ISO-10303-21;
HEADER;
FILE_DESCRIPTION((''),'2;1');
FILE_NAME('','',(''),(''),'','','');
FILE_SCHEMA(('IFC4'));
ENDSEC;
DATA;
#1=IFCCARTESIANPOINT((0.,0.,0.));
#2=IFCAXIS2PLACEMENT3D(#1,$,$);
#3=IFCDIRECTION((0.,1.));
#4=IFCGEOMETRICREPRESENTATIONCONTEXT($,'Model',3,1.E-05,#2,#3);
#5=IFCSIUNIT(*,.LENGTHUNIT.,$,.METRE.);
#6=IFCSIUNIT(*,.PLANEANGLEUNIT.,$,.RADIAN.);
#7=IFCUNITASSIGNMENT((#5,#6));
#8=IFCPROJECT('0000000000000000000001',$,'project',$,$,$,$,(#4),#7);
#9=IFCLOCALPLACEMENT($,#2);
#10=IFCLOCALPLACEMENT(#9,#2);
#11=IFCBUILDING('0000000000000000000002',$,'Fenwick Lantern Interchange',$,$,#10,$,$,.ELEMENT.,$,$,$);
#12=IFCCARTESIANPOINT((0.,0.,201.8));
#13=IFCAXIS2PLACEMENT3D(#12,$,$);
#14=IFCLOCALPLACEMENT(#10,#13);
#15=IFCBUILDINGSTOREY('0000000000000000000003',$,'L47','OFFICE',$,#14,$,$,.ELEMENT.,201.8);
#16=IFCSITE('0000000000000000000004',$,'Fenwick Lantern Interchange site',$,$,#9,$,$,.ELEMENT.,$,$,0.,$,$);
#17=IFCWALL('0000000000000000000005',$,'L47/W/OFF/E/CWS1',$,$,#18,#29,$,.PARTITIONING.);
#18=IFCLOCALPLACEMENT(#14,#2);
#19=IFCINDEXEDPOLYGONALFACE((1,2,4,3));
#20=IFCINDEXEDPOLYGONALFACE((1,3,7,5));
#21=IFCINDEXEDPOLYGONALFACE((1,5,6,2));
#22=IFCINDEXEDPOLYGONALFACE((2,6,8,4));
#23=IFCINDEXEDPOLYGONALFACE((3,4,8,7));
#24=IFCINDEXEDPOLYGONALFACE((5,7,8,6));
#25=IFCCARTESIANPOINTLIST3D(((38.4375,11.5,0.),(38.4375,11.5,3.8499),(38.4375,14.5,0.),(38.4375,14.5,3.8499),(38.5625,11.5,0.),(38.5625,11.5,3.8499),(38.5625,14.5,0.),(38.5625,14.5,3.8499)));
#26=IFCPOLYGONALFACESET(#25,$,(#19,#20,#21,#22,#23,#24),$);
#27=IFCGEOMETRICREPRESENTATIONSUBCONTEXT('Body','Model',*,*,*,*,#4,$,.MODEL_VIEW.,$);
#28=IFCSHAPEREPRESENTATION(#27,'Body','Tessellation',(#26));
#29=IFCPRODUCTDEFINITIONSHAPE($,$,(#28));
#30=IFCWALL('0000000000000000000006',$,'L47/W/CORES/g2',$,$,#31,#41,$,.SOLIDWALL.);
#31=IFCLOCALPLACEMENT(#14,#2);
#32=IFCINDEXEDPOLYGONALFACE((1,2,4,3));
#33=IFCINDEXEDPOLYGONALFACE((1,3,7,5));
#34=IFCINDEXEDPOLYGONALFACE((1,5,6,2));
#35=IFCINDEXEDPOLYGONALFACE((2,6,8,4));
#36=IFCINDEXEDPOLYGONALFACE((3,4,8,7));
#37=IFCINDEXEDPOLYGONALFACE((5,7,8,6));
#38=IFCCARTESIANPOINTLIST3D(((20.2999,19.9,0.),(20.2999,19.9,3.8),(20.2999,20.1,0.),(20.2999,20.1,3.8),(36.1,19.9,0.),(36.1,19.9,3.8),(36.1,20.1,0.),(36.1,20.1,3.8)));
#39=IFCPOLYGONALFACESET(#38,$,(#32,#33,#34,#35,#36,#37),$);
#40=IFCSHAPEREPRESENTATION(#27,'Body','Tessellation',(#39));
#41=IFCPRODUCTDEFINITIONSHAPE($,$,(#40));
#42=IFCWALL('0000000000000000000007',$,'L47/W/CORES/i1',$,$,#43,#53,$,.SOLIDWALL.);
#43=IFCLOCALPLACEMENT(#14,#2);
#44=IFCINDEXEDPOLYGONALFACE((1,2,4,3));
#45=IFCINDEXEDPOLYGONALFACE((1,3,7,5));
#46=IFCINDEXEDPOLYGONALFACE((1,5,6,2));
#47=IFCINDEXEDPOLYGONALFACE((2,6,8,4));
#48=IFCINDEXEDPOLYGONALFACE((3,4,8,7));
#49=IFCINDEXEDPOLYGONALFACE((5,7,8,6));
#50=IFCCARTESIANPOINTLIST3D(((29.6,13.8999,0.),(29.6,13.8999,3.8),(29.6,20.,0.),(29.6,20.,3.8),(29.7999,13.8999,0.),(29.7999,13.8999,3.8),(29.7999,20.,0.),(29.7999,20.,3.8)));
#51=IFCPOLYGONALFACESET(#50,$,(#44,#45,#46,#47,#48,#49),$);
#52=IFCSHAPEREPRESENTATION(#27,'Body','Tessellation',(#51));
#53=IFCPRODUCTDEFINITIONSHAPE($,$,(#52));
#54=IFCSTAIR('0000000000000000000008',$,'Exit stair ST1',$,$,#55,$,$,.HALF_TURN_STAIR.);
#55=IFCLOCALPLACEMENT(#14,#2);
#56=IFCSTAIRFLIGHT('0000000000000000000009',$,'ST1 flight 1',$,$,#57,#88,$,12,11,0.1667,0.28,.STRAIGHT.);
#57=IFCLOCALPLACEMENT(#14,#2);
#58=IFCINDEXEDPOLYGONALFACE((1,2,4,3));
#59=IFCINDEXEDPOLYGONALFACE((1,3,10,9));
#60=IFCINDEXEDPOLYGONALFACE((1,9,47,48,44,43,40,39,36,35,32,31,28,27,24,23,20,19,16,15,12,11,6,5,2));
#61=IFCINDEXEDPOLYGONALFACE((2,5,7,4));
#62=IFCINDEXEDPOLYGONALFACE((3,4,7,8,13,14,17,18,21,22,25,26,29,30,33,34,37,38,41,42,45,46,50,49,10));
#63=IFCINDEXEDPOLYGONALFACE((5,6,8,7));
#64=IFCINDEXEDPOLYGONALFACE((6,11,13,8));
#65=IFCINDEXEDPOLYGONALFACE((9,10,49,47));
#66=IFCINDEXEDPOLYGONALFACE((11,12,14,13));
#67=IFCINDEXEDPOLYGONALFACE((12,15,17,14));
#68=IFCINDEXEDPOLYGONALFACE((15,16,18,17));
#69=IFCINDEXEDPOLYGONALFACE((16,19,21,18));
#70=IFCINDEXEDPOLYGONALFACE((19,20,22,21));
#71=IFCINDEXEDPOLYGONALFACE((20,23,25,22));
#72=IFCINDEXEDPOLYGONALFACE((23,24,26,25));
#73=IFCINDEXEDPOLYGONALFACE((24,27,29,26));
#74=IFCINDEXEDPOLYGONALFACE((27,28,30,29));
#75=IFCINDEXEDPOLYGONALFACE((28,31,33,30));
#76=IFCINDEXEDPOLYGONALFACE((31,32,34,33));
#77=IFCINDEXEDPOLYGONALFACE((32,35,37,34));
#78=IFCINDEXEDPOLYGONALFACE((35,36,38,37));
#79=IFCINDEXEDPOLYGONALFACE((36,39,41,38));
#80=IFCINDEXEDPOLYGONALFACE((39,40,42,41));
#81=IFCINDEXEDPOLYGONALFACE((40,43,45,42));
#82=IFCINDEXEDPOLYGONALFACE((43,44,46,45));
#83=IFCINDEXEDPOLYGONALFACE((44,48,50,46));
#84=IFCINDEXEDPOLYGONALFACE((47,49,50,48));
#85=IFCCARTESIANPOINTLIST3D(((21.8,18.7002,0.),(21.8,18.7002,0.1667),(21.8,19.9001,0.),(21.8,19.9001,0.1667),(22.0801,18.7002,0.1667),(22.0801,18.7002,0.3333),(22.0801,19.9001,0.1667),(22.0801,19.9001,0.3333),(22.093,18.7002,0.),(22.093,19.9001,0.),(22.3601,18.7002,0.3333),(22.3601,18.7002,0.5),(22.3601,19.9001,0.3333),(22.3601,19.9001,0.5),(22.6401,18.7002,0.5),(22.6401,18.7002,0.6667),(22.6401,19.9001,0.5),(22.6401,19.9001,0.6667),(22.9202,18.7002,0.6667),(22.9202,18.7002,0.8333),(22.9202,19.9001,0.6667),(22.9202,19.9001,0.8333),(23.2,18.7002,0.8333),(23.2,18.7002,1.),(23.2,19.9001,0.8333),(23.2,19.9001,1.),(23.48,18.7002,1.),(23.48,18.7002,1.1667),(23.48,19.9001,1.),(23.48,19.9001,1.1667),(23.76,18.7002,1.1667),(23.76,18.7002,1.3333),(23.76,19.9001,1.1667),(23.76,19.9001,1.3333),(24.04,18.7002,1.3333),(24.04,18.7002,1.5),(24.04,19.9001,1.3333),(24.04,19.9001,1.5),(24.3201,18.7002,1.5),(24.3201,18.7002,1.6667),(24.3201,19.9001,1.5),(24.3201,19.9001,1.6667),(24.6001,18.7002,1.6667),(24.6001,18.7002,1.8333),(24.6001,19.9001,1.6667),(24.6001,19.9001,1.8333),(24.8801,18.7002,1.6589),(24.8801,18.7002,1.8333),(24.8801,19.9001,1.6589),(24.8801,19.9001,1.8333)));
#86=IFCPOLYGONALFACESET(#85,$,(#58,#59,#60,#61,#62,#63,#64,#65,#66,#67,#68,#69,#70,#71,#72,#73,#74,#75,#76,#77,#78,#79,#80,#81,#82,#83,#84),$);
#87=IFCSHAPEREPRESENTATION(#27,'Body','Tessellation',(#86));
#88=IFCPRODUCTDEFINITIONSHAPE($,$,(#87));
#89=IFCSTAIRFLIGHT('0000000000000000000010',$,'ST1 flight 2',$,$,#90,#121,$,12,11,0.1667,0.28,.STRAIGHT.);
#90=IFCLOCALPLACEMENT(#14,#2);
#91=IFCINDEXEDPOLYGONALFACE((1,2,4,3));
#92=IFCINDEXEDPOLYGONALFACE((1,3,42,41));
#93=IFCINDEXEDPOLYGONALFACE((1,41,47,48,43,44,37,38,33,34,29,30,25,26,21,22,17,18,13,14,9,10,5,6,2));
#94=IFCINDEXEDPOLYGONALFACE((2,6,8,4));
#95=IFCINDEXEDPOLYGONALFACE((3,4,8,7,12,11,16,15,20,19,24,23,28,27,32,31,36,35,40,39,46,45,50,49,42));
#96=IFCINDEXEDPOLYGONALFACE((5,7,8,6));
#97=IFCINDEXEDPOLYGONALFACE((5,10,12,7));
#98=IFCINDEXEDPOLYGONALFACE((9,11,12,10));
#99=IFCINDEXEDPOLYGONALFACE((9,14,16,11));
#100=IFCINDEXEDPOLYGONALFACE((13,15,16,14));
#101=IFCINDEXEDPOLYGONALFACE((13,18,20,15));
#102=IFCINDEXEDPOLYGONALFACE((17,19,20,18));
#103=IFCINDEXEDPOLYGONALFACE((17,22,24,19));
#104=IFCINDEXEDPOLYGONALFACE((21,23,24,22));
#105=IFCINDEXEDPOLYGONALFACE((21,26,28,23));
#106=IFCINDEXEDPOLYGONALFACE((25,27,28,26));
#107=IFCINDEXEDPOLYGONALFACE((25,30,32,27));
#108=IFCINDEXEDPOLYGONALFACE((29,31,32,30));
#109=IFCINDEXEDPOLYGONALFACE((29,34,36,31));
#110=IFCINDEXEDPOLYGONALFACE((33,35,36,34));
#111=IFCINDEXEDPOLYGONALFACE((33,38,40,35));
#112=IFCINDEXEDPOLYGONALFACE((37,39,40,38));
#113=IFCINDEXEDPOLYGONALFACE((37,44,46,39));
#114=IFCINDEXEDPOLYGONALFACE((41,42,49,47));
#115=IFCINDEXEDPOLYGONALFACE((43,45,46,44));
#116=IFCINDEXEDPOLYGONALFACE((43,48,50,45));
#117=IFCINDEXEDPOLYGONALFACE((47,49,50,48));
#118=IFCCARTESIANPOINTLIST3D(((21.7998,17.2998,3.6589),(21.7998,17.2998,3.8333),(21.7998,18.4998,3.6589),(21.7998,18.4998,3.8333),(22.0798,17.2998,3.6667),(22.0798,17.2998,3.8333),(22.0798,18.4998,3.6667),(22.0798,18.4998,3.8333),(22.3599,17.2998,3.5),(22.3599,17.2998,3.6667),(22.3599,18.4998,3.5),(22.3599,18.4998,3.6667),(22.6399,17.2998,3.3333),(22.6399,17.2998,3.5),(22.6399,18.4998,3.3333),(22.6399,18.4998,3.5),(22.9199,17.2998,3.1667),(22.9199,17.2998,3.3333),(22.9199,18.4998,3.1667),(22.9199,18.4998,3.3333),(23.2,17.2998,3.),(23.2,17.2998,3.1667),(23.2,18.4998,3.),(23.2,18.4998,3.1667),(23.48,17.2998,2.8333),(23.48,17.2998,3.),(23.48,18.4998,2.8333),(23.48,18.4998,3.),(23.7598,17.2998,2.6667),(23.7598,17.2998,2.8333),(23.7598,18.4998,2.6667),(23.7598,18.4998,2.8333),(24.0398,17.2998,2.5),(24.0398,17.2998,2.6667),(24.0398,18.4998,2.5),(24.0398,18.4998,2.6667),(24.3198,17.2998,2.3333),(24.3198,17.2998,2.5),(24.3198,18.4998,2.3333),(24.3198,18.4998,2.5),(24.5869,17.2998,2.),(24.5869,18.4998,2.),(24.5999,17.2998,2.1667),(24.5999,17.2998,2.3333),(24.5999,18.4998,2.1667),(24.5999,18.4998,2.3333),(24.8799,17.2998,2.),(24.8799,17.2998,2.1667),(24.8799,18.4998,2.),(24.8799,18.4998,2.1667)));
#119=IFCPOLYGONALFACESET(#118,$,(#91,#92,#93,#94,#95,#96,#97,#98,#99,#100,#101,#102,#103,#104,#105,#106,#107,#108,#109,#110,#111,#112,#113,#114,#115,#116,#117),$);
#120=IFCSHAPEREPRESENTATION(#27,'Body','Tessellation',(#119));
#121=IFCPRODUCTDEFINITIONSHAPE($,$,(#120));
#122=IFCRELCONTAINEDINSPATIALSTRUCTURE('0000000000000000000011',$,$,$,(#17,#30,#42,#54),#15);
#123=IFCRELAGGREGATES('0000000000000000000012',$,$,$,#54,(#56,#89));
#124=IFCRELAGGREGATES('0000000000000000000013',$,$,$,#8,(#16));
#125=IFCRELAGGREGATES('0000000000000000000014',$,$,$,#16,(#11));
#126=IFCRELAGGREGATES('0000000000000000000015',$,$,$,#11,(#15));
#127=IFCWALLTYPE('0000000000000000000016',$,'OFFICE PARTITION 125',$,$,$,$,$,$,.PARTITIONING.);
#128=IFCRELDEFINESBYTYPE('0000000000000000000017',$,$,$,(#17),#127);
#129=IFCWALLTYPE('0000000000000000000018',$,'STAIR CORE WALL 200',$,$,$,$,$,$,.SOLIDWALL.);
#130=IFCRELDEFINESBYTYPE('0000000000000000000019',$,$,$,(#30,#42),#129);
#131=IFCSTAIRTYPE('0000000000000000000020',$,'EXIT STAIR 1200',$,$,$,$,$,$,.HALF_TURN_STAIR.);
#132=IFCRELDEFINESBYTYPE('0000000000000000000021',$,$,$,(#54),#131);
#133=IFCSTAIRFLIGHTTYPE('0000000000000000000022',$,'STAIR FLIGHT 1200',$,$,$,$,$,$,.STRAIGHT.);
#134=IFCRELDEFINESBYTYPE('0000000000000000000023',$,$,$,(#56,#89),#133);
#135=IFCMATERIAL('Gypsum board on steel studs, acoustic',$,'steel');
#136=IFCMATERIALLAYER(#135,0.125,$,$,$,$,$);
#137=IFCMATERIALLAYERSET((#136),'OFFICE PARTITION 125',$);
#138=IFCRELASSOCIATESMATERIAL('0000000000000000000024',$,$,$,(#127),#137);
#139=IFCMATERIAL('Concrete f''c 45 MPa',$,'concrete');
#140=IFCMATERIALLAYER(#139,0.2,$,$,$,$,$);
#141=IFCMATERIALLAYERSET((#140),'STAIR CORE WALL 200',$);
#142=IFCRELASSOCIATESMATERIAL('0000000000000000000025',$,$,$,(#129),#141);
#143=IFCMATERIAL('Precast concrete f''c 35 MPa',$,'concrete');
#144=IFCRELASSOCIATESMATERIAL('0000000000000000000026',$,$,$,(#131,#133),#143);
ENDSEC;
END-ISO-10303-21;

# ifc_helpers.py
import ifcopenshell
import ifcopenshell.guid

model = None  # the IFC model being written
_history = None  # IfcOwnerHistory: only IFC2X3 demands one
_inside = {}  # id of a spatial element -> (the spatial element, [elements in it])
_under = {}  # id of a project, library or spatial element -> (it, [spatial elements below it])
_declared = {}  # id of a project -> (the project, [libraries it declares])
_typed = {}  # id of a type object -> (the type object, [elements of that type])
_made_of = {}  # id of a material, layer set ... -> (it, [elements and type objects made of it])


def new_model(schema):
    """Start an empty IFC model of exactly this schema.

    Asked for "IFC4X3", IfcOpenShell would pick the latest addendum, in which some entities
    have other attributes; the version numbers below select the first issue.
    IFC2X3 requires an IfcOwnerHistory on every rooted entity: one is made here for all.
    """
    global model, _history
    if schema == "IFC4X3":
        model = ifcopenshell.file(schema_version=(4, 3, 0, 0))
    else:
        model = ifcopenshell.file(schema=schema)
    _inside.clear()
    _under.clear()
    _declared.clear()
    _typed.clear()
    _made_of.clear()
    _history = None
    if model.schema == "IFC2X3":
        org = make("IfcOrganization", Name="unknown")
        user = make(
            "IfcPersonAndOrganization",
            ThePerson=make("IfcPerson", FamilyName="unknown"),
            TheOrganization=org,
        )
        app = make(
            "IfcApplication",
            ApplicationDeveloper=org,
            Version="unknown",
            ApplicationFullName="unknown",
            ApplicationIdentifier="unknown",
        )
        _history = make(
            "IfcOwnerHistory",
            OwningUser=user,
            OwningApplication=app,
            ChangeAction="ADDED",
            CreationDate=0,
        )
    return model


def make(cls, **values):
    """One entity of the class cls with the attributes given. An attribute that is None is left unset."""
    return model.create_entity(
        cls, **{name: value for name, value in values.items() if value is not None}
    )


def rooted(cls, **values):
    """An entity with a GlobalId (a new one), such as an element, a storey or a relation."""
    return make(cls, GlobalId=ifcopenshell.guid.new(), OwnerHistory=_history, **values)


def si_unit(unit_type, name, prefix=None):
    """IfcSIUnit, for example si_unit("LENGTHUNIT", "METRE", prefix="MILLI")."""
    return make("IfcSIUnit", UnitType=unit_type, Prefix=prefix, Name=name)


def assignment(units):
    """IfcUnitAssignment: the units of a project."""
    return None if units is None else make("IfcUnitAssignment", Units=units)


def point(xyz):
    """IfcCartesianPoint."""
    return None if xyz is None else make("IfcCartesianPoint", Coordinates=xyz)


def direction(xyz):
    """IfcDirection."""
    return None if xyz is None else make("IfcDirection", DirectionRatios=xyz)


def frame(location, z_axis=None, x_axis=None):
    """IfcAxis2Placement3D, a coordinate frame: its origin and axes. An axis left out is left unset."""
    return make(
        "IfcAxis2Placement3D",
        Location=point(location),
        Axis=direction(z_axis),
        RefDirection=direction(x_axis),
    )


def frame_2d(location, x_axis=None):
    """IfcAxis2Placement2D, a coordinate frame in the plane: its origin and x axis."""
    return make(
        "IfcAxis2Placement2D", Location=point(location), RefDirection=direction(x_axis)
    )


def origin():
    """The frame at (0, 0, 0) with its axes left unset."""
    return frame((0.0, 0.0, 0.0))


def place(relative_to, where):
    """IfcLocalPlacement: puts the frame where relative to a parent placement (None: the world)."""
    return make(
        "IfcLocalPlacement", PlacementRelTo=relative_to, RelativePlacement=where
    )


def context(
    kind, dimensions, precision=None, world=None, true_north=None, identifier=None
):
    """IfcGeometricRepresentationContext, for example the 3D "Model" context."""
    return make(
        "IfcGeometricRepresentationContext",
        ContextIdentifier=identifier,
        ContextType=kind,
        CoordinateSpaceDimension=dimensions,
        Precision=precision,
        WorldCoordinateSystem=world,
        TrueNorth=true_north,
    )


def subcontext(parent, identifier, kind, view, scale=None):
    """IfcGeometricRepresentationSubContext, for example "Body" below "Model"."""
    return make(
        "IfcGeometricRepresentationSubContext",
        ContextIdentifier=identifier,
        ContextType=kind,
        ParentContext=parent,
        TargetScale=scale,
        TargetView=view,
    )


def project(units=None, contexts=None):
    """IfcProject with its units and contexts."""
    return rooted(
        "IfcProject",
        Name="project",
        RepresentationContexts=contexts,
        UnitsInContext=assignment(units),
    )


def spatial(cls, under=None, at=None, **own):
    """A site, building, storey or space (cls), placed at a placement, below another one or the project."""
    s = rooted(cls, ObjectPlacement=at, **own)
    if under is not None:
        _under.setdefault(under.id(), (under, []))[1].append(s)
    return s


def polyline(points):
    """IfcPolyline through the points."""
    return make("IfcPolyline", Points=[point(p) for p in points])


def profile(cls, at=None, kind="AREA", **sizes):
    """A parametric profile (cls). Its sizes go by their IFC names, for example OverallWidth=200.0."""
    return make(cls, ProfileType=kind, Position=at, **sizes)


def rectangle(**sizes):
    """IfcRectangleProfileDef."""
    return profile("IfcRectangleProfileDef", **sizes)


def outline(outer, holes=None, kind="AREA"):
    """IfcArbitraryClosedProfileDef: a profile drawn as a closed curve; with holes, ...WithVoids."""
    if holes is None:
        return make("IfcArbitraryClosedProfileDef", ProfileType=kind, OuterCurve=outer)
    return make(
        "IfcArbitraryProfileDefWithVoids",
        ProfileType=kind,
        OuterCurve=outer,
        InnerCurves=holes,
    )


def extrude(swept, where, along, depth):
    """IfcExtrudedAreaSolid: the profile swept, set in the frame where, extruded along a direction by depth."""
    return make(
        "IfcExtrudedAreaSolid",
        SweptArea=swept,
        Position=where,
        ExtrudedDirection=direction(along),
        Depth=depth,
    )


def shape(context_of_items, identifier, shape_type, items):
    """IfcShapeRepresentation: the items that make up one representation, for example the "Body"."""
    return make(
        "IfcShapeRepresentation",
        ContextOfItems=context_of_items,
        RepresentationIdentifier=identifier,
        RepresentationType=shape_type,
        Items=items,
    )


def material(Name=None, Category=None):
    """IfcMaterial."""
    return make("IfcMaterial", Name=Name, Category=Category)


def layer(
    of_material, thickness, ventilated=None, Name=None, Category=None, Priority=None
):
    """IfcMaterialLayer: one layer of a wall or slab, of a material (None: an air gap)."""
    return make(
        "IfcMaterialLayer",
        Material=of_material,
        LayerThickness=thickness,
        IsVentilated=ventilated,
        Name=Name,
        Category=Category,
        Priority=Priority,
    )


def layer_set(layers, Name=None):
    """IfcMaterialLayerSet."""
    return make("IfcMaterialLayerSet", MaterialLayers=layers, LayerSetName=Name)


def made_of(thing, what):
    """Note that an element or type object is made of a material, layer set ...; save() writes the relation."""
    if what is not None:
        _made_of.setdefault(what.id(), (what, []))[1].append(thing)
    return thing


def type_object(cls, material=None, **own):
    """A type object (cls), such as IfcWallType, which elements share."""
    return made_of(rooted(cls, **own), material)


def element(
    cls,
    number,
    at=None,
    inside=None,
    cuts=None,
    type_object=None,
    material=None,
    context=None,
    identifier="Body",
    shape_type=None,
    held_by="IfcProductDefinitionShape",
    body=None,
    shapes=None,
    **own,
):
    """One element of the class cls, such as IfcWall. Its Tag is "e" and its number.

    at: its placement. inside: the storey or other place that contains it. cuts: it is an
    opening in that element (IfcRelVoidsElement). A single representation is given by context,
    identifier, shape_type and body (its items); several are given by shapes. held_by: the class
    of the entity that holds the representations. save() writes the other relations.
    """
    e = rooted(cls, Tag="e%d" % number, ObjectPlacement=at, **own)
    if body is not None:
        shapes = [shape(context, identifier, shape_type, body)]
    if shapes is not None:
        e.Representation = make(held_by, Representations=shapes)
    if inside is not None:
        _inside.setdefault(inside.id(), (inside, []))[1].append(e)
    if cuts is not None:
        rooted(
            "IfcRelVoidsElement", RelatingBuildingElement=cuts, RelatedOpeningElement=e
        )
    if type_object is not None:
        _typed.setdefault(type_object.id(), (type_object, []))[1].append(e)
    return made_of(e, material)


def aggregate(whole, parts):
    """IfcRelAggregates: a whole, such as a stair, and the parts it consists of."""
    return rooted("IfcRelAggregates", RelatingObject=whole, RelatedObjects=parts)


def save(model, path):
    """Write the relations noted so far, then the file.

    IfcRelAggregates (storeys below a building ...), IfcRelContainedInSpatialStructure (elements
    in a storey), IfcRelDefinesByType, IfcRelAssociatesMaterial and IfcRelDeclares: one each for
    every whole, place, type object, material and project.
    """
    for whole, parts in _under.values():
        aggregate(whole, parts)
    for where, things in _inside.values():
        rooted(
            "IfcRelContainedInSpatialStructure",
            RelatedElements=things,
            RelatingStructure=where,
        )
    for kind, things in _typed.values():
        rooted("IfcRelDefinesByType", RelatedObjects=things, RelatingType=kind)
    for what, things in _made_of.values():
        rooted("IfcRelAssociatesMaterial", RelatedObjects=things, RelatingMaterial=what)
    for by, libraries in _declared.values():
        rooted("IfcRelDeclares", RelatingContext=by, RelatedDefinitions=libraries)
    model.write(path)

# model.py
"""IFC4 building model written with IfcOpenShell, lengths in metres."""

from ifc_helpers import new_model, si_unit, direction, frame, frame_2d, origin, place, context, subcontext, project, spatial, polyline, rectangle, outline, extrude, material, layer, layer_set, type_object, element, aggregate, save


model = new_model("IFC4")

# Units and contexts
model_context = context("Model", 3, precision=1e-05, world=origin(), true_north=direction((0.0, 1.0)))
body_context = subcontext(model_context, "Body", "Model", "MODEL_VIEW")
ifc_project = project(units=[si_unit("LENGTHUNIT", "METRE"), si_unit("PLANEANGLEUNIT", "RADIAN")], contexts=[model_context])

# Site, building, storey
site_placement = place(None, origin())
site = spatial("IfcSite", under=ifc_project, at=site_placement, Name="Fenwick Lantern Interchange site", CompositionType="ELEMENT", RefElevation=0.0)
building_placement = place(site_placement, origin())
building = spatial("IfcBuilding", under=site, at=building_placement, Name="Fenwick Lantern Interchange", CompositionType="ELEMENT")
storey_placement = place(building_placement, frame((0.0, 0.0, 201.8)))
storey = spatial("IfcBuildingStorey", under=building, at=storey_placement, Name="L47", Description="OFFICE", CompositionType="ELEMENT", Elevation=201.8)

# Shared definitions
ifc_material_1 = material(Name="Gypsum board on steel studs, acoustic", Category="steel")
ifc_layer_1 = layer(ifc_material_1, 0.125)
ifc_layer_set_1 = layer_set([ifc_layer_1], Name="OFFICE PARTITION 125")
wall_type_1 = type_object("IfcWallType", Name="OFFICE PARTITION 125", PredefinedType="PARTITIONING", material=ifc_layer_set_1)

# Walls
wall_1_placement = place(storey_placement, frame((38.5, 11.5, 0.0), z_axis=(0.0, 0.0, 1.0), x_axis=(0.0, 1.0, 0.0)))
element("IfcWall", 1, at=wall_1_placement, inside=storey, type_object=wall_type_1, Name="L47/W/OFF/E/CWS1", PredefinedType="PARTITIONING", context=body_context, shape_type="SweptSolid", body=[
    extrude(rectangle(XDim=3.0, YDim=0.125, at=frame_2d((1.5, 0.0))), origin(), (0.0, 0.0, 1.0), 3.8499),
])
ifc_material_2 = material(Name="Concrete f'c 45 MPa", Category="concrete")
ifc_layer_2 = layer(ifc_material_2, 0.2)
ifc_layer_set_2 = layer_set([ifc_layer_2], Name="STAIR CORE WALL 200")
wall_type_2 = type_object("IfcWallType", Name="STAIR CORE WALL 200", PredefinedType="SOLIDWALL", material=ifc_layer_set_2)
wall_2_placement = place(storey_placement, frame((20.3, 20.0, 0.0), z_axis=(0.0, 0.0, 1.0), x_axis=(1.0, 0.0, 0.0)))
element("IfcWall", 2, at=wall_2_placement, inside=storey, type_object=wall_type_2, Name="L47/W/CORES/g2", PredefinedType="SOLIDWALL", context=body_context, shape_type="SweptSolid", body=[
    extrude(rectangle(XDim=15.8, YDim=0.2, at=frame_2d((7.8999, 0.0))), origin(), (0.0, 0.0, 1.0), 3.8),
])
wall_3_placement = place(storey_placement, frame((29.7, 13.8999, 0.0), z_axis=(0.0, 0.0, 1.0), x_axis=(0.0, 1.0, 0.0)))
element("IfcWall", 3, at=wall_3_placement, inside=storey, type_object=wall_type_2, Name="L47/W/CORES/i1", PredefinedType="SOLIDWALL", context=body_context, shape_type="SweptSolid", body=[
    extrude(rectangle(XDim=6.1001, YDim=0.2, at=frame_2d((3.05, 0.0))), origin(), (0.0, 0.0, 1.0), 3.8),
])

# Stair, stair flights
ifc_material_3 = material(Name="Precast concrete f'c 35 MPa", Category="concrete")
stair_type = type_object("IfcStairType", Name="EXIT STAIR 1200", PredefinedType="HALF_TURN_STAIR", material=ifc_material_3)
stair_placement = place(storey_placement, origin())
stair = element("IfcStair", 4, at=stair_placement, inside=storey, type_object=stair_type, Name="Exit stair ST1", PredefinedType="HALF_TURN_STAIR")
stair_flight_type = type_object("IfcStairFlightType", Name="STAIR FLIGHT 1200", PredefinedType="STRAIGHT", material=ifc_material_3)
stair_flight_1_placement = place(storey_placement, frame((21.8, 19.3, 0.0), z_axis=(0.0, 0.0, 1.0), x_axis=(1.0, 0.0, 0.0)))
stair_flight_1 = element("IfcStairFlight", 5, at=stair_flight_1_placement, type_object=stair_flight_type, Name="ST1 flight 1", NumberOfRisers=12, NumberOfTreads=11, PredefinedType="STRAIGHT", RiserHeight=0.1667, TreadLength=0.28, context=body_context, shape_type="SweptSolid", body=[
    extrude(outline(polyline([(0.0, 0.0), (0.0, 0.1667), (0.28, 0.1667), (0.28, 0.3333), (0.5601, 0.3333), (0.5601, 0.5), (0.8401, 0.5), (0.8401, 0.6667), (1.1201, 0.6667), (1.1201, 0.8333), (1.3999, 0.8333), (1.3999, 1.0), (1.6799, 1.0), (1.6799, 1.1667), (1.96, 1.1667), (1.96, 1.3333), (2.24, 1.3333), (2.24, 1.5), (2.52, 1.5), (2.52, 1.6667), (2.8, 1.6667), (2.8, 1.8333), (3.0801, 1.8333), (3.0801, 2.0), (3.0801, 1.6589), (0.293, 0.0), (0.0, 0.0)])), frame((0.0, 0.6001, 0.0), z_axis=(0.0, -1.0, 0.0), x_axis=(1.0, 0.0, 0.0)), (0.0, 0.0, 1.0), 1.2),
])
stair_flight_2_placement = place(storey_placement, frame((24.8799, 17.8999, 2.0), z_axis=(0.0, 0.0, 1.0), x_axis=(-1.0, 0.0, 0.0)))
stair_flight_2 = element("IfcStairFlight", 6, at=stair_flight_2_placement, type_object=stair_flight_type, Name="ST1 flight 2", NumberOfRisers=12, NumberOfTreads=11, PredefinedType="STRAIGHT", RiserHeight=0.1667, TreadLength=0.28, context=body_context, shape_type="SweptSolid", body=[
    extrude(outline(polyline([(0.0, 0.0), (0.0, 0.1667), (0.28, 0.1667), (0.28, 0.3333), (0.5601, 0.3333), (0.5601, 0.5), (0.8401, 0.5), (0.8401, 0.6667), (1.1201, 0.6667), (1.1201, 0.8333), (1.3999, 0.8333), (1.3999, 1.0), (1.6799, 1.0), (1.6799, 1.1667), (1.96, 1.1667), (1.96, 1.3333), (2.24, 1.3333), (2.24, 1.5), (2.52, 1.5), (2.52, 1.6667), (2.8, 1.6667), (2.8, 1.8333), (3.0801, 1.8333), (3.0801, 2.0), (3.0801, 1.6589), (0.293, 0.0), (0.0, 0.0)])), frame((0.0, 0.6001, 0.0), z_axis=(0.0, -1.0, 0.0), x_axis=(1.0, 0.0, 0.0)), (0.0, 0.0, 1.0), 1.2),
])
aggregate(stair, [stair_flight_1, stair_flight_2])

save(model, "model.ifc")
